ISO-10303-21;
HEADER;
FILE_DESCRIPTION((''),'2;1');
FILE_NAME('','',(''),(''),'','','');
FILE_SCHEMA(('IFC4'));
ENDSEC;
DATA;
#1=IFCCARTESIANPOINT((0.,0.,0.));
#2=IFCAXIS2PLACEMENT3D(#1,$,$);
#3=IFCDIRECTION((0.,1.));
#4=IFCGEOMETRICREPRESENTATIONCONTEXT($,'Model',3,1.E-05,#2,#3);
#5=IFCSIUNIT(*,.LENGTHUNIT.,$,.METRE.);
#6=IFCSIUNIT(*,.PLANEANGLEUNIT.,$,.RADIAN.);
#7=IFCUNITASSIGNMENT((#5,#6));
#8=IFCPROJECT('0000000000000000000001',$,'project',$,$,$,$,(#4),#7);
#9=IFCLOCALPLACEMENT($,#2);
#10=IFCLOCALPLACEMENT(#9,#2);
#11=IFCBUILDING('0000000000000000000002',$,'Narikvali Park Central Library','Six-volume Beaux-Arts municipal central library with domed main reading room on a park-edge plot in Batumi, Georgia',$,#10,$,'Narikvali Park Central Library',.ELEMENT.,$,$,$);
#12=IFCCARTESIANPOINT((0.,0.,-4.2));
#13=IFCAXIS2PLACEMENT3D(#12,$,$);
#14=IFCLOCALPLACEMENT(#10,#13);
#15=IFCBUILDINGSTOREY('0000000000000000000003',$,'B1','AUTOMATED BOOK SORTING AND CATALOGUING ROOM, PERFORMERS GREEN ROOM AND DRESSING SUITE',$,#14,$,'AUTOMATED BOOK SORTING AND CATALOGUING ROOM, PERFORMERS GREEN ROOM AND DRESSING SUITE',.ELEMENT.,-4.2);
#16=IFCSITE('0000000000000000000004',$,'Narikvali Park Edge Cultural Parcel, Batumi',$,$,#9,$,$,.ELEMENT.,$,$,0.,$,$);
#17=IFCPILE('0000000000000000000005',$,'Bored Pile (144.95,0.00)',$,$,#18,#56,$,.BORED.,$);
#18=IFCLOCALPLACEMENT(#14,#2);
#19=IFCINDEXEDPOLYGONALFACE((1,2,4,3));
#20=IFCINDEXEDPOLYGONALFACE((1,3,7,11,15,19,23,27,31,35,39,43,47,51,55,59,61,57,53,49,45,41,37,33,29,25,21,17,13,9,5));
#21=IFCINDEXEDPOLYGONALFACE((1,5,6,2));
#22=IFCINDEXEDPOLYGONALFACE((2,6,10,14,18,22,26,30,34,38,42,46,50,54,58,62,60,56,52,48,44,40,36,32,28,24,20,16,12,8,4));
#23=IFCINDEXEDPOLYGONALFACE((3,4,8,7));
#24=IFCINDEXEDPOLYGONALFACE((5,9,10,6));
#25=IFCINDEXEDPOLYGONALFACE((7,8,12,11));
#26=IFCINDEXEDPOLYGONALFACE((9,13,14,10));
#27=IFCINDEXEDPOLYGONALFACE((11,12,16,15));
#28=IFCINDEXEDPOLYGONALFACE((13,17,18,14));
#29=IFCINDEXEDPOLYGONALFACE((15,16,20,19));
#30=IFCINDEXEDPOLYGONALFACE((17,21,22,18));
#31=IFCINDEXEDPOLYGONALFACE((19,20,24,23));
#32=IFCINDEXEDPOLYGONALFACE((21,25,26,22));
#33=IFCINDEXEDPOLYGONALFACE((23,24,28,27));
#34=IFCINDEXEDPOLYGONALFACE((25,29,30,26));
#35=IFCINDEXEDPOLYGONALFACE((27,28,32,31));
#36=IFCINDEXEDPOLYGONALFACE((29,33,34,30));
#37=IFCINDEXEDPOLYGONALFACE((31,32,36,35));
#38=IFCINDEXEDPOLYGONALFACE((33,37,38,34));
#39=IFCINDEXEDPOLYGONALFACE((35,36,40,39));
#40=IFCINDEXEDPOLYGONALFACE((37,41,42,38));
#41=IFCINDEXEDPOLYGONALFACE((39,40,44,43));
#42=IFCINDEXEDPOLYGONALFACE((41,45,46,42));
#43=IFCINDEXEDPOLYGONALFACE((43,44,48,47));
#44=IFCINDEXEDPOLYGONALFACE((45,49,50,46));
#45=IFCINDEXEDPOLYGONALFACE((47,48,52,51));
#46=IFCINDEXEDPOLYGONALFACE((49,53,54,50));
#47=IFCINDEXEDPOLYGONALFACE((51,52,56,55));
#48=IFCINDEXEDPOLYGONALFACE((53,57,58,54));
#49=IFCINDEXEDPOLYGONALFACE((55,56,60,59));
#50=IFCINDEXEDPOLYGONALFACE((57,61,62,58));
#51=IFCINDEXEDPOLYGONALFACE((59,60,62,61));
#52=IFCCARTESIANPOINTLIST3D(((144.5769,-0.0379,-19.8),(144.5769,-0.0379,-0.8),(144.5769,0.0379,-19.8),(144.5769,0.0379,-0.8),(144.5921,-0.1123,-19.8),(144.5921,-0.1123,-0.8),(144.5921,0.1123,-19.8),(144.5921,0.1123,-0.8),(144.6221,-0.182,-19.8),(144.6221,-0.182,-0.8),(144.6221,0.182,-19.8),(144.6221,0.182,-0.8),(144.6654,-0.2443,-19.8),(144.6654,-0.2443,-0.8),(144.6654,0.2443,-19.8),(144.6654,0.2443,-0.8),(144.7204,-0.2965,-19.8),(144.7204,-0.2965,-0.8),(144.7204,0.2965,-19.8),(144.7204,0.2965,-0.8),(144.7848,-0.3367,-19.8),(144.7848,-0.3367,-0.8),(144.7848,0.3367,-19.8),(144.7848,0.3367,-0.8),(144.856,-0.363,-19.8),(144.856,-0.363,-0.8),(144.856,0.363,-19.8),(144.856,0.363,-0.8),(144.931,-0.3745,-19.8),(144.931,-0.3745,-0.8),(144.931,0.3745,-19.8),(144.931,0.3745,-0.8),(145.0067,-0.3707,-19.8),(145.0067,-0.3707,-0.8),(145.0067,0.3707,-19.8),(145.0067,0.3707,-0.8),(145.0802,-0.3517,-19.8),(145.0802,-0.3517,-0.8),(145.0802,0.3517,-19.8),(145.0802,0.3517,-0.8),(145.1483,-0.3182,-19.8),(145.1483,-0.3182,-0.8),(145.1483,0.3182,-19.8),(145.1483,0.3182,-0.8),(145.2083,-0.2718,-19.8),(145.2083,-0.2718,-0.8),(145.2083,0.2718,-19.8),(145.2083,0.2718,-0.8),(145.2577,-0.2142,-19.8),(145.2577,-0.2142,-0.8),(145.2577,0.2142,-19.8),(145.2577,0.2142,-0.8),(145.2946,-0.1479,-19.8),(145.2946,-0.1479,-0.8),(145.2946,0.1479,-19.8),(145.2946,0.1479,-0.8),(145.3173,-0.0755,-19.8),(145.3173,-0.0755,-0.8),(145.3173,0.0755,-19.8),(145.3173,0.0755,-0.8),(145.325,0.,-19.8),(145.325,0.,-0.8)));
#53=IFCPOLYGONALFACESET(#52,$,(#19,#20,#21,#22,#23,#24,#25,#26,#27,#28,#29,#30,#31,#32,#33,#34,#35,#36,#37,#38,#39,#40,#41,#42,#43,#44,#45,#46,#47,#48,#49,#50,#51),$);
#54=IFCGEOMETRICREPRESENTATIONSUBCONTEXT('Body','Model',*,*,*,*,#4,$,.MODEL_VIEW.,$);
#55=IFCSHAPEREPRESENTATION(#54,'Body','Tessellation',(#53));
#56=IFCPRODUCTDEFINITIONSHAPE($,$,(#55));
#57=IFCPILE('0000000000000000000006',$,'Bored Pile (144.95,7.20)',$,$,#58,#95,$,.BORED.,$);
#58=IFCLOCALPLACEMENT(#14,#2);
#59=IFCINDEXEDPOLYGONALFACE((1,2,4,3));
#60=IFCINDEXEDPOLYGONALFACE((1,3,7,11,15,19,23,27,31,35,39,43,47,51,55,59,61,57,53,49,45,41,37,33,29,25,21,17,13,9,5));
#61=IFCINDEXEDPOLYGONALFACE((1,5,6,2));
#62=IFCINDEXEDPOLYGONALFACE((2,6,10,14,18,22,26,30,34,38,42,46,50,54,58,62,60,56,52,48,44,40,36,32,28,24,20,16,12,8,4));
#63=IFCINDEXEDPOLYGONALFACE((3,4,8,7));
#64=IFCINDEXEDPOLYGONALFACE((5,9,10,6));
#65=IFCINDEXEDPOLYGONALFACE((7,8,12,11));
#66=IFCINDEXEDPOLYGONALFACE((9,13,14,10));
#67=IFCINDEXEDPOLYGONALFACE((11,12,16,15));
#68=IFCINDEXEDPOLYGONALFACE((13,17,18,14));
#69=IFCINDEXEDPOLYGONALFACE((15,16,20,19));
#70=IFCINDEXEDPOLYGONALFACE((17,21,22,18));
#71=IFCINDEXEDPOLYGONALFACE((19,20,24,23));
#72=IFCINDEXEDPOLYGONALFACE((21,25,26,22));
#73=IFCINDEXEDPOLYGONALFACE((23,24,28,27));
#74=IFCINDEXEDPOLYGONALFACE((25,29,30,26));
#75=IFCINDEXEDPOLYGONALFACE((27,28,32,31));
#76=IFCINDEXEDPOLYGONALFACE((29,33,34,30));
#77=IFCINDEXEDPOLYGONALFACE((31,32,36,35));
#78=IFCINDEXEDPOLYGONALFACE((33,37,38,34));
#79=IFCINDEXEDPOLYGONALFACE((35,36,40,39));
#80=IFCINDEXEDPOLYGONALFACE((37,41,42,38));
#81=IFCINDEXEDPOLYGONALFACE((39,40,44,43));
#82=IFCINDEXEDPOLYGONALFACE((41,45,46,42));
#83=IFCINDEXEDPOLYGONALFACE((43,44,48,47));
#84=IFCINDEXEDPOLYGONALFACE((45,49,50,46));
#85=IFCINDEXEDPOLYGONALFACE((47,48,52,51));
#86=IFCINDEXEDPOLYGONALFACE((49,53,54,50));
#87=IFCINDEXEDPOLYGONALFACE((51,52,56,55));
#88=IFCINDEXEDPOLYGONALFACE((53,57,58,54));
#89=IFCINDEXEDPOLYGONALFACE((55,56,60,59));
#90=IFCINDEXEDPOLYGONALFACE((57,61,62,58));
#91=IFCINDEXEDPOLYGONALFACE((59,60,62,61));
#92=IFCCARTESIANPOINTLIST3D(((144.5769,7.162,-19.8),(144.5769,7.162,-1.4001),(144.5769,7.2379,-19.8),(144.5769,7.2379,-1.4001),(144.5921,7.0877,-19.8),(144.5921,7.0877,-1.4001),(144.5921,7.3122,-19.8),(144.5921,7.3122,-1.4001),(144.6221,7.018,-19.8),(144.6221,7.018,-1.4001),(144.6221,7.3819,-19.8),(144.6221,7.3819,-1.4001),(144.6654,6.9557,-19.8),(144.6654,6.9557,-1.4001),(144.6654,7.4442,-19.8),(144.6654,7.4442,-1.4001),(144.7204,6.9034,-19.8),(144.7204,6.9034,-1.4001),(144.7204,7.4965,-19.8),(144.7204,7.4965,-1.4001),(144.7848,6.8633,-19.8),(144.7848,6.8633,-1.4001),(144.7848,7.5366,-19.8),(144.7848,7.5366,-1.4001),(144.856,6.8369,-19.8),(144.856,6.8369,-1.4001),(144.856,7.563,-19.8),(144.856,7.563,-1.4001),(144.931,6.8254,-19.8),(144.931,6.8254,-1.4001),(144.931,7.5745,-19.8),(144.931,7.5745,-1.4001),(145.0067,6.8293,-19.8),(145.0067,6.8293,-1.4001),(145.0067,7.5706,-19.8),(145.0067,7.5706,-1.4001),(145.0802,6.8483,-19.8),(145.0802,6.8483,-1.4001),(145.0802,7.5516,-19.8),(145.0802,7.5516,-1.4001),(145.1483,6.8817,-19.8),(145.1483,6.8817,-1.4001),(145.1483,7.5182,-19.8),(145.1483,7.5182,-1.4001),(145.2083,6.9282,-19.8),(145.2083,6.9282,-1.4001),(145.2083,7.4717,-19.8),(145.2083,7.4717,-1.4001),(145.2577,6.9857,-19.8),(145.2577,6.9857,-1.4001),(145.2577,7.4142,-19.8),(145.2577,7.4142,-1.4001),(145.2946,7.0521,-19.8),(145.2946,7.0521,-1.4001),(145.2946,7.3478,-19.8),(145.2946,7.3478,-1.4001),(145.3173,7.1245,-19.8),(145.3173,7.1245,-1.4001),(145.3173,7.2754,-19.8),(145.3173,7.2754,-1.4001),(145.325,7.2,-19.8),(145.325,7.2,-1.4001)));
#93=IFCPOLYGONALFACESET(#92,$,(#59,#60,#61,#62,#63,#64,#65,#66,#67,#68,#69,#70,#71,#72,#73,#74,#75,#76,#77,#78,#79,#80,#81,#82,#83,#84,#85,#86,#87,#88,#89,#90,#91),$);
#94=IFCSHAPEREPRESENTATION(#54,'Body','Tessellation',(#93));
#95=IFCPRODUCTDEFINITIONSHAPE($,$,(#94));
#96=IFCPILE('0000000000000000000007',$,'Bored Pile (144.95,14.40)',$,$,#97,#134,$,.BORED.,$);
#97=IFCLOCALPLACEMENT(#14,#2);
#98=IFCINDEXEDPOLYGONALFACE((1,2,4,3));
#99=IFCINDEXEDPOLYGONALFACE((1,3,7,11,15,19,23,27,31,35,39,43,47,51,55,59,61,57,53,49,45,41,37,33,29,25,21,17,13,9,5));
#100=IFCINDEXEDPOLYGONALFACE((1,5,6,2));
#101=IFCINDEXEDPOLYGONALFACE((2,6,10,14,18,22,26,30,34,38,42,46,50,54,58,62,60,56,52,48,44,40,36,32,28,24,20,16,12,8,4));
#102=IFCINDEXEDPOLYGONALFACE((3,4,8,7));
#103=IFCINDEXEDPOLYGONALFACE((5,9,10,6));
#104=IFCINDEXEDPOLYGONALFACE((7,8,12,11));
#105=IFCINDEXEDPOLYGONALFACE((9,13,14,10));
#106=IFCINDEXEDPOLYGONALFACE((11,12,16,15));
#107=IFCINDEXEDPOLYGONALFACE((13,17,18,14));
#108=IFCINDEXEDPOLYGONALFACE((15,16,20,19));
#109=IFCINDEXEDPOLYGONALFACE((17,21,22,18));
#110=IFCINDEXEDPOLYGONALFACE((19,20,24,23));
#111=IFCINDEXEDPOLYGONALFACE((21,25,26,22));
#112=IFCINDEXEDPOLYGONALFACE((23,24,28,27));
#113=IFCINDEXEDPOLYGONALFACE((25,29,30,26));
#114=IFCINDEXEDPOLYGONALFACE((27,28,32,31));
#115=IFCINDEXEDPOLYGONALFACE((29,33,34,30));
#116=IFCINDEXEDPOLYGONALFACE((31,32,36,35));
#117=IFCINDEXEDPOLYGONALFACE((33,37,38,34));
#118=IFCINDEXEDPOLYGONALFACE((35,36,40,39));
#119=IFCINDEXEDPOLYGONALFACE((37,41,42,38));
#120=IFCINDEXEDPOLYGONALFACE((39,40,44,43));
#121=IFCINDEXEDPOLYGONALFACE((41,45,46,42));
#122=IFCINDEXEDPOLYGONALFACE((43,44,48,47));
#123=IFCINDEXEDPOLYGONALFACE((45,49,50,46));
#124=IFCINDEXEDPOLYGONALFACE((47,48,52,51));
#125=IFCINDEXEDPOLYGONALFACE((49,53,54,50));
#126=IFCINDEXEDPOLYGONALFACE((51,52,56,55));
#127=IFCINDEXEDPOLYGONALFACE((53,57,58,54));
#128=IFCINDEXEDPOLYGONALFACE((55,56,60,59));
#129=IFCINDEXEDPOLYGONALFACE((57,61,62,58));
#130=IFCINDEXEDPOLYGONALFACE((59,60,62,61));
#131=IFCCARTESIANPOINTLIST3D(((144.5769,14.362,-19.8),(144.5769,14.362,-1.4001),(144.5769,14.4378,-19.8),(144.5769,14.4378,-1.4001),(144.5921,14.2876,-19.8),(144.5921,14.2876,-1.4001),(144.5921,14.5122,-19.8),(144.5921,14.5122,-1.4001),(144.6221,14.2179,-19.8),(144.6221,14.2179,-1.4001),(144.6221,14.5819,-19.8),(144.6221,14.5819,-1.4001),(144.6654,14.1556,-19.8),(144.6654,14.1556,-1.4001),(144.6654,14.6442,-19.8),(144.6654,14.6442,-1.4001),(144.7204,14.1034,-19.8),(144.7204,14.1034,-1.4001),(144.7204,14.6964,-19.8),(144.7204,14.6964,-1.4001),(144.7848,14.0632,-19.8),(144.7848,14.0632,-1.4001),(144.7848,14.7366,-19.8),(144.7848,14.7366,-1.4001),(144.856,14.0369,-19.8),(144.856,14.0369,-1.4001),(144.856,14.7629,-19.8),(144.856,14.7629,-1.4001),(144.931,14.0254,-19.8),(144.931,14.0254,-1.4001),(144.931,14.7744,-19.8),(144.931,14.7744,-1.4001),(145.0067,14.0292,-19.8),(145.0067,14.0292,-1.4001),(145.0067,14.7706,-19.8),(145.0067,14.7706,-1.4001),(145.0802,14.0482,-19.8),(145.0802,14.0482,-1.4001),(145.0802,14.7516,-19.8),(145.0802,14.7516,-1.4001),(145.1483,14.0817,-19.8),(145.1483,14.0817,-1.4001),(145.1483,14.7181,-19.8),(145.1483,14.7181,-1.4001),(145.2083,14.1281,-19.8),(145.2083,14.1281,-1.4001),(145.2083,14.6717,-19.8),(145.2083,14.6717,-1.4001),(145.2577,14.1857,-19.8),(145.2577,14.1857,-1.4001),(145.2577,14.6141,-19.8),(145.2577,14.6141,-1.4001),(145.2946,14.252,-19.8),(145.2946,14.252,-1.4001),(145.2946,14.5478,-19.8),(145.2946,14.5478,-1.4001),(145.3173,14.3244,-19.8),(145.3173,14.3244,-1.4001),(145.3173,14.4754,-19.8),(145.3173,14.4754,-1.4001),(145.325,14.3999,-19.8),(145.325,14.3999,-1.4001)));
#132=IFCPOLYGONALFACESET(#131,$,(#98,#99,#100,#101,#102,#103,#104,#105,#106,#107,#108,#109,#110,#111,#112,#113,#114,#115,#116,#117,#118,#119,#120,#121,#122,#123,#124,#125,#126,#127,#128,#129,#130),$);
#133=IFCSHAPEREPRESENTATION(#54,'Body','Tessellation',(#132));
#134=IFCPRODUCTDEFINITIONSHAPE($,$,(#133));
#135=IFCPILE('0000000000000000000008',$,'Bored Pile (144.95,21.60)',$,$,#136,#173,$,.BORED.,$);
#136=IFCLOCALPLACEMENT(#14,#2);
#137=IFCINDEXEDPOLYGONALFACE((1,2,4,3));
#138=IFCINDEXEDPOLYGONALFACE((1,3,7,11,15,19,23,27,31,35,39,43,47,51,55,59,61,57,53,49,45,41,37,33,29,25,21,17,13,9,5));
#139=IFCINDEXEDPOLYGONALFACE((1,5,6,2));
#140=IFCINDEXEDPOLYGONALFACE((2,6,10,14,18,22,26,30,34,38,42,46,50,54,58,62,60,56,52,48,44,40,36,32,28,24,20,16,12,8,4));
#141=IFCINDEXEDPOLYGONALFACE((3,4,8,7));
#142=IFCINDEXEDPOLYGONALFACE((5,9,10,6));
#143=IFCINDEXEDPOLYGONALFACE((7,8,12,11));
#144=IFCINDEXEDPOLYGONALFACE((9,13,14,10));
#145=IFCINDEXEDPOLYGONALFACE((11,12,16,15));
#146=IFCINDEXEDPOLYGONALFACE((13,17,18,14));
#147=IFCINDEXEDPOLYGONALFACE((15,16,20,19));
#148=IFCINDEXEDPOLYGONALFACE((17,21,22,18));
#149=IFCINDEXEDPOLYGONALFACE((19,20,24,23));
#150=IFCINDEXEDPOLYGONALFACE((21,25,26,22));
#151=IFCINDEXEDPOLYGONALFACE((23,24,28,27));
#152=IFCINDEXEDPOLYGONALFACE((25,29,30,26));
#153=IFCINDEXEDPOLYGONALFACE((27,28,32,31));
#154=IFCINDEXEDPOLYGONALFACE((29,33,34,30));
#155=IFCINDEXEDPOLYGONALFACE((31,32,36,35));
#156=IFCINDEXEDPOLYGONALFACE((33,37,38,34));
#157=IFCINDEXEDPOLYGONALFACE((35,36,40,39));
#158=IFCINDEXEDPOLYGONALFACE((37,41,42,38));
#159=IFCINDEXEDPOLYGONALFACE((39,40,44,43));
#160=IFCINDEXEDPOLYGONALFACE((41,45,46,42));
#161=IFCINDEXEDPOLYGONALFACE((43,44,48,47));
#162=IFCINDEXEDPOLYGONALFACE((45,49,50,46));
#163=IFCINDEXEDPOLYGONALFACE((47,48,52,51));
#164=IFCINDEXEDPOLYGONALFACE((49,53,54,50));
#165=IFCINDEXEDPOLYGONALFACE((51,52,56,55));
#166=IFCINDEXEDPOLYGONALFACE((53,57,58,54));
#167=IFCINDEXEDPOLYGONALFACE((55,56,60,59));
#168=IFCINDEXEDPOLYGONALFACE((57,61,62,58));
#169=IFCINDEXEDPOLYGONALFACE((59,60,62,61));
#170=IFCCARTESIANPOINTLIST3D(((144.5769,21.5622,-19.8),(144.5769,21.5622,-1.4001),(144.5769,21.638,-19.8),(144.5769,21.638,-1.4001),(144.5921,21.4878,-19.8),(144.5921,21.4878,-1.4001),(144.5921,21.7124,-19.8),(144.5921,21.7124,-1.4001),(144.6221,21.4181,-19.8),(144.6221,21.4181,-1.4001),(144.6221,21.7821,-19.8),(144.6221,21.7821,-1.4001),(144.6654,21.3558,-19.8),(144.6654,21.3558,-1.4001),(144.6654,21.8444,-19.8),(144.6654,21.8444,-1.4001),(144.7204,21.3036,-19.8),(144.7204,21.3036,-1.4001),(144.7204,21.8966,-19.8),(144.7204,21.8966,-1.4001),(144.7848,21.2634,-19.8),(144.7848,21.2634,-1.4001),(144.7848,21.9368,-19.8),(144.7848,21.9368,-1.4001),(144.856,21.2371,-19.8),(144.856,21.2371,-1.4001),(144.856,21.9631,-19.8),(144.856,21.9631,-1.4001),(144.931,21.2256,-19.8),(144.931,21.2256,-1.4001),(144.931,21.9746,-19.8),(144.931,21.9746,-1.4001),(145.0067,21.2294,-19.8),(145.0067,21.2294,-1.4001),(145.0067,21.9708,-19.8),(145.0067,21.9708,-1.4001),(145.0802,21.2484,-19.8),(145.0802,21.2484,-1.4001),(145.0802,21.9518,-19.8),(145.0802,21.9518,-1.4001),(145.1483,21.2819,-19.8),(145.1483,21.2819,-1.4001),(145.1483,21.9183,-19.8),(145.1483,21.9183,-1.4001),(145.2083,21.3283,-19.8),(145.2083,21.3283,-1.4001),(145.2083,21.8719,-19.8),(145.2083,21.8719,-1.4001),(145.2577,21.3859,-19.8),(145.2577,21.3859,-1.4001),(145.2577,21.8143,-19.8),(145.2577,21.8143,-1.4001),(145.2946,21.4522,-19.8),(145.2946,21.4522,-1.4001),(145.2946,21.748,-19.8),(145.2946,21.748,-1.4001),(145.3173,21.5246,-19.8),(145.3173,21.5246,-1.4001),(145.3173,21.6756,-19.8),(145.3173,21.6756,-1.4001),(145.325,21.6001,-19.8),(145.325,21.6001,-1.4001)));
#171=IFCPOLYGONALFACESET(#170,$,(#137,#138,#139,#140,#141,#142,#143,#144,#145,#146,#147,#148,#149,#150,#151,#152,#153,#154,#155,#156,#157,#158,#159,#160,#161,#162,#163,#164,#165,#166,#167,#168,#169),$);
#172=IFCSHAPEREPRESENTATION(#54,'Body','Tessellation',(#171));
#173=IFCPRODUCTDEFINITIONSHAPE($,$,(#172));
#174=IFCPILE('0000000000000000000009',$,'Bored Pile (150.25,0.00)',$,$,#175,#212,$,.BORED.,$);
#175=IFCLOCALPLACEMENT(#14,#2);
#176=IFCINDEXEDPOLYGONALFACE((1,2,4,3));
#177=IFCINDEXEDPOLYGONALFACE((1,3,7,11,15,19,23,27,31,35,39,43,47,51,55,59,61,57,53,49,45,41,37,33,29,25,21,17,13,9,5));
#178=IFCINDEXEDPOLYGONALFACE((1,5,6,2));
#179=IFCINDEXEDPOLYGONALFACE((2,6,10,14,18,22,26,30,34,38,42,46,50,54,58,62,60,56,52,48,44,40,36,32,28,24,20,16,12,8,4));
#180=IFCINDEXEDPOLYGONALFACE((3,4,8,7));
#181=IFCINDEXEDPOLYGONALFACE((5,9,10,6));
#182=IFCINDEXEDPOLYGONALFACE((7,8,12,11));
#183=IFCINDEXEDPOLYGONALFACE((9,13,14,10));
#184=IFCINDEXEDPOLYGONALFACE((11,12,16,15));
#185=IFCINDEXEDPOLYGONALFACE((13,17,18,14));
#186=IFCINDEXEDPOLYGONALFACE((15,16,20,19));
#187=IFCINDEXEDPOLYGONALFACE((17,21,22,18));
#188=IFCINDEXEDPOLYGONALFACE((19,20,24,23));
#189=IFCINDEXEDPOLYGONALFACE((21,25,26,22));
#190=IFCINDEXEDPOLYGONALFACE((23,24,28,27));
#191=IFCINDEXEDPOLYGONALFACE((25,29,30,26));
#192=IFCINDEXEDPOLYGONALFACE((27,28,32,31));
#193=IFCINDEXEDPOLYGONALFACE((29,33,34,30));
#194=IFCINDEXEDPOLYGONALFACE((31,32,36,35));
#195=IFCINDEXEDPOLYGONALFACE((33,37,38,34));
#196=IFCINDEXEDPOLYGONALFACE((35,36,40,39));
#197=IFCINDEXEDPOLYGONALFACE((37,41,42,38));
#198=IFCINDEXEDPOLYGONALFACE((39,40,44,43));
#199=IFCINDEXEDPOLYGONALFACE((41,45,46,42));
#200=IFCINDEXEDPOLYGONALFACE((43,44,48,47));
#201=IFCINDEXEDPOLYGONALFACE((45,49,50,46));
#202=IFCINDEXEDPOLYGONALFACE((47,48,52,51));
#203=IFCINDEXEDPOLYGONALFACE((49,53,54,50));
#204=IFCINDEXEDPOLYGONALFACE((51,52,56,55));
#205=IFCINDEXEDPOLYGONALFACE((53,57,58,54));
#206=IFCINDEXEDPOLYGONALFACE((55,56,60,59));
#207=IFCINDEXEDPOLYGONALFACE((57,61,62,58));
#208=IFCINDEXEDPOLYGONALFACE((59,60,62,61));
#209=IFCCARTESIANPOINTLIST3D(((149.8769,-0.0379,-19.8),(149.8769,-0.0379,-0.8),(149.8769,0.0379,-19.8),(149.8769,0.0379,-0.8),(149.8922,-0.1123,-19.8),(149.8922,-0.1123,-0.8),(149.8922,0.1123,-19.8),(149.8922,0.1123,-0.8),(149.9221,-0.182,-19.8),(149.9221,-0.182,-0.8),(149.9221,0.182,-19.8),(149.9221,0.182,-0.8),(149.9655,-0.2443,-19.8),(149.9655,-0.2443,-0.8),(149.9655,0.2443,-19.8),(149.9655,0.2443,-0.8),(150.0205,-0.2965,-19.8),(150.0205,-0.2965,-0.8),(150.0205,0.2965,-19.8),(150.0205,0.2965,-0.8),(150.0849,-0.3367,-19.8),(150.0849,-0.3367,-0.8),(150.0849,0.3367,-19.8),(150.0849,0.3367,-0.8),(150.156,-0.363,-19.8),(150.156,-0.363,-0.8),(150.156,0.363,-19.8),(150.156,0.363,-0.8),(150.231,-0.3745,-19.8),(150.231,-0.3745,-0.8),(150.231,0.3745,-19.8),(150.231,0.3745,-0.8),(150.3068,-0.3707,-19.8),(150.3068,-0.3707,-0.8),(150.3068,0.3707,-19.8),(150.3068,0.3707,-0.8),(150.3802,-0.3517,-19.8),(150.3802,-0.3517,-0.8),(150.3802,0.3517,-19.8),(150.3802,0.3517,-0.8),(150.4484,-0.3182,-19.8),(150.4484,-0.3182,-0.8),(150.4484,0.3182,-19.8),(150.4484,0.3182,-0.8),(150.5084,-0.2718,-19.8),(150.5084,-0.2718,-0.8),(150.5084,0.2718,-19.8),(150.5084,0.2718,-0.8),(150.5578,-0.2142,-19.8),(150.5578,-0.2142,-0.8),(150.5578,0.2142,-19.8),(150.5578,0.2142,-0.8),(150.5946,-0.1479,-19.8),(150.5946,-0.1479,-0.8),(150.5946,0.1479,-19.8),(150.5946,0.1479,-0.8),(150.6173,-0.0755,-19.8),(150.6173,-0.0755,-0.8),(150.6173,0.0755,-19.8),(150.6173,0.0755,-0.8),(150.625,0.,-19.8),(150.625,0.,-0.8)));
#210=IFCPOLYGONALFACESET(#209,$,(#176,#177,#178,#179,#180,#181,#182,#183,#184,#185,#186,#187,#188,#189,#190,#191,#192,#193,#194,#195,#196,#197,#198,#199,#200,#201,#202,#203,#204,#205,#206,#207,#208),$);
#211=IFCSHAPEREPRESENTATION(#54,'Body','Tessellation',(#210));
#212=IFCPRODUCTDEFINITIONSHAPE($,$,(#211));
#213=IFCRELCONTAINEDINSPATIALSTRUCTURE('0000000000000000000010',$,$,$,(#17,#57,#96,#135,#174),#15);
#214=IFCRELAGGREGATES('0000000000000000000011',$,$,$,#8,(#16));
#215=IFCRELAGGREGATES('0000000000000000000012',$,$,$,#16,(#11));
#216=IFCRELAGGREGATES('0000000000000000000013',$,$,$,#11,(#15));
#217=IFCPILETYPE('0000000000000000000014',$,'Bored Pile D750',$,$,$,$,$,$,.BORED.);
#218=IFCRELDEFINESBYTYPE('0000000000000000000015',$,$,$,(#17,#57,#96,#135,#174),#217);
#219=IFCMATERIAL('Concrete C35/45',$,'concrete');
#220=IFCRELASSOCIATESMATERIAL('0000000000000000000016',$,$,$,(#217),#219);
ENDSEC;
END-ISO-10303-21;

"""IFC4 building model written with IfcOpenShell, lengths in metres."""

from ifc_helpers import new_model, si_unit, direction, frame, origin, origin_2d, place, context, subcontext, project, spatial, circle, extrude, material, material_profile, profile_set, type_object, element, save


model = new_model("IFC4")

# Units and contexts
model_context = context("Model", 3, precision=1e-05, world=origin(), true_north=direction((0.0, 1.0)))
body_context = subcontext(model_context, "Body", "Model", "MODEL_VIEW")
ifc_project = project(units=[si_unit("LENGTHUNIT", "METRE"), si_unit("PLANEANGLEUNIT", "RADIAN")], contexts=[model_context])

# Site, building, storey
site_placement = place(None, origin())
site = spatial("IfcSite", under=ifc_project, at=site_placement, Name="Narikvali Park Edge Cultural Parcel, Batumi", CompositionType="ELEMENT", RefElevation=0.0)
building_placement = place(site_placement, origin())
building = spatial("IfcBuilding", under=site, at=building_placement, Name="Narikvali Park Central Library", Description="Six-volume Beaux-Arts municipal central library with domed main reading room on a park-edge plot in Batumi, Georgia", LongName="Narikvali Park Central Library", CompositionType="ELEMENT")
storey_placement = place(building_placement, frame((0.0, 0.0, -4.2)))
storey = spatial("IfcBuildingStorey", under=building, at=storey_placement, Name="B1", Description="AUTOMATED BOOK SORTING AND CATALOGUING ROOM, PERFORMERS GREEN ROOM AND DRESSING SUITE", LongName="AUTOMATED BOOK SORTING AND CATALOGUING ROOM, PERFORMERS GREEN ROOM AND DRESSING SUITE", CompositionType="ELEMENT", Elevation=-4.2)

# Piles
ifc_material_1 = material(Name="Concrete C35/45", Category="concrete")
ifc_material_profile_1 = material_profile(ifc_material_1, circle(Radius=0.375, at=origin_2d()), Name="PILE D750")
ifc_profile_set_1 = profile_set([ifc_material_profile_1], Name="Concrete C35/45")
pile_type = type_object("IfcPileType", Name="Bored Pile D750", PredefinedType="BORED", material=ifc_profile_set_1)
pile_placement = place(storey_placement, frame((144.95, 0.0, -0.8), z_axis=(0.0, 0.0, -1.0), x_axis=(1.0, 0.0, 0.0)))
element("IfcPile", 1, at=pile_placement, inside=storey, type_object=pile_type, Name="Bored Pile (144.95,0.00)", PredefinedType="BORED", context=body_context, shape_type="SweptSolid", body=[
    extrude(circle(Radius=0.375, at=origin_2d()), origin(), (0.0, 0.0, 1.0), 19.0),
])
for number, where, z_axis, x_axis, name in (
    (2, (144.95, 7.2, -1.4001), (0.0, 0.0, -1.0), (1.0, 0.0, 0.0), "Bored Pile (144.95,7.20)"),
    (3, (144.95, 14.3999, -1.4001), (0.0, 0.0, -1.0), (1.0, 0.0, 0.0), "Bored Pile (144.95,14.40)"),
    (4, (144.95, 21.6001, -1.4001), (0.0, 0.0, -1.0), (1.0, 0.0, 0.0), "Bored Pile (144.95,21.60)"),
):
    element("IfcPile", number, at=place(storey_placement, frame(where, z_axis=z_axis, x_axis=x_axis)), inside=storey, type_object=pile_type, Name=name, PredefinedType="BORED", context=body_context, shape_type="SweptSolid", body=[
        extrude(circle(Radius=0.375, at=origin_2d()), origin(), (0.0, 0.0, 1.0), 18.3999),
    ])
for number, where, z_axis, x_axis, name in (
    (5, (150.25, 0.0, -0.8), (0.0, 0.0, -1.0), (1.0, 0.0, 0.0), "Bored Pile (150.25,0.00)"),
):
    element("IfcPile", number, at=place(storey_placement, frame(where, z_axis=z_axis, x_axis=x_axis)), inside=storey, type_object=pile_type, Name=name, PredefinedType="BORED", context=body_context, shape_type="SweptSolid", body=[
        extrude(circle(Radius=0.375, at=origin_2d()), origin(), (0.0, 0.0, 1.0), 19.0),
    ])

save(model, "model.ifc")
